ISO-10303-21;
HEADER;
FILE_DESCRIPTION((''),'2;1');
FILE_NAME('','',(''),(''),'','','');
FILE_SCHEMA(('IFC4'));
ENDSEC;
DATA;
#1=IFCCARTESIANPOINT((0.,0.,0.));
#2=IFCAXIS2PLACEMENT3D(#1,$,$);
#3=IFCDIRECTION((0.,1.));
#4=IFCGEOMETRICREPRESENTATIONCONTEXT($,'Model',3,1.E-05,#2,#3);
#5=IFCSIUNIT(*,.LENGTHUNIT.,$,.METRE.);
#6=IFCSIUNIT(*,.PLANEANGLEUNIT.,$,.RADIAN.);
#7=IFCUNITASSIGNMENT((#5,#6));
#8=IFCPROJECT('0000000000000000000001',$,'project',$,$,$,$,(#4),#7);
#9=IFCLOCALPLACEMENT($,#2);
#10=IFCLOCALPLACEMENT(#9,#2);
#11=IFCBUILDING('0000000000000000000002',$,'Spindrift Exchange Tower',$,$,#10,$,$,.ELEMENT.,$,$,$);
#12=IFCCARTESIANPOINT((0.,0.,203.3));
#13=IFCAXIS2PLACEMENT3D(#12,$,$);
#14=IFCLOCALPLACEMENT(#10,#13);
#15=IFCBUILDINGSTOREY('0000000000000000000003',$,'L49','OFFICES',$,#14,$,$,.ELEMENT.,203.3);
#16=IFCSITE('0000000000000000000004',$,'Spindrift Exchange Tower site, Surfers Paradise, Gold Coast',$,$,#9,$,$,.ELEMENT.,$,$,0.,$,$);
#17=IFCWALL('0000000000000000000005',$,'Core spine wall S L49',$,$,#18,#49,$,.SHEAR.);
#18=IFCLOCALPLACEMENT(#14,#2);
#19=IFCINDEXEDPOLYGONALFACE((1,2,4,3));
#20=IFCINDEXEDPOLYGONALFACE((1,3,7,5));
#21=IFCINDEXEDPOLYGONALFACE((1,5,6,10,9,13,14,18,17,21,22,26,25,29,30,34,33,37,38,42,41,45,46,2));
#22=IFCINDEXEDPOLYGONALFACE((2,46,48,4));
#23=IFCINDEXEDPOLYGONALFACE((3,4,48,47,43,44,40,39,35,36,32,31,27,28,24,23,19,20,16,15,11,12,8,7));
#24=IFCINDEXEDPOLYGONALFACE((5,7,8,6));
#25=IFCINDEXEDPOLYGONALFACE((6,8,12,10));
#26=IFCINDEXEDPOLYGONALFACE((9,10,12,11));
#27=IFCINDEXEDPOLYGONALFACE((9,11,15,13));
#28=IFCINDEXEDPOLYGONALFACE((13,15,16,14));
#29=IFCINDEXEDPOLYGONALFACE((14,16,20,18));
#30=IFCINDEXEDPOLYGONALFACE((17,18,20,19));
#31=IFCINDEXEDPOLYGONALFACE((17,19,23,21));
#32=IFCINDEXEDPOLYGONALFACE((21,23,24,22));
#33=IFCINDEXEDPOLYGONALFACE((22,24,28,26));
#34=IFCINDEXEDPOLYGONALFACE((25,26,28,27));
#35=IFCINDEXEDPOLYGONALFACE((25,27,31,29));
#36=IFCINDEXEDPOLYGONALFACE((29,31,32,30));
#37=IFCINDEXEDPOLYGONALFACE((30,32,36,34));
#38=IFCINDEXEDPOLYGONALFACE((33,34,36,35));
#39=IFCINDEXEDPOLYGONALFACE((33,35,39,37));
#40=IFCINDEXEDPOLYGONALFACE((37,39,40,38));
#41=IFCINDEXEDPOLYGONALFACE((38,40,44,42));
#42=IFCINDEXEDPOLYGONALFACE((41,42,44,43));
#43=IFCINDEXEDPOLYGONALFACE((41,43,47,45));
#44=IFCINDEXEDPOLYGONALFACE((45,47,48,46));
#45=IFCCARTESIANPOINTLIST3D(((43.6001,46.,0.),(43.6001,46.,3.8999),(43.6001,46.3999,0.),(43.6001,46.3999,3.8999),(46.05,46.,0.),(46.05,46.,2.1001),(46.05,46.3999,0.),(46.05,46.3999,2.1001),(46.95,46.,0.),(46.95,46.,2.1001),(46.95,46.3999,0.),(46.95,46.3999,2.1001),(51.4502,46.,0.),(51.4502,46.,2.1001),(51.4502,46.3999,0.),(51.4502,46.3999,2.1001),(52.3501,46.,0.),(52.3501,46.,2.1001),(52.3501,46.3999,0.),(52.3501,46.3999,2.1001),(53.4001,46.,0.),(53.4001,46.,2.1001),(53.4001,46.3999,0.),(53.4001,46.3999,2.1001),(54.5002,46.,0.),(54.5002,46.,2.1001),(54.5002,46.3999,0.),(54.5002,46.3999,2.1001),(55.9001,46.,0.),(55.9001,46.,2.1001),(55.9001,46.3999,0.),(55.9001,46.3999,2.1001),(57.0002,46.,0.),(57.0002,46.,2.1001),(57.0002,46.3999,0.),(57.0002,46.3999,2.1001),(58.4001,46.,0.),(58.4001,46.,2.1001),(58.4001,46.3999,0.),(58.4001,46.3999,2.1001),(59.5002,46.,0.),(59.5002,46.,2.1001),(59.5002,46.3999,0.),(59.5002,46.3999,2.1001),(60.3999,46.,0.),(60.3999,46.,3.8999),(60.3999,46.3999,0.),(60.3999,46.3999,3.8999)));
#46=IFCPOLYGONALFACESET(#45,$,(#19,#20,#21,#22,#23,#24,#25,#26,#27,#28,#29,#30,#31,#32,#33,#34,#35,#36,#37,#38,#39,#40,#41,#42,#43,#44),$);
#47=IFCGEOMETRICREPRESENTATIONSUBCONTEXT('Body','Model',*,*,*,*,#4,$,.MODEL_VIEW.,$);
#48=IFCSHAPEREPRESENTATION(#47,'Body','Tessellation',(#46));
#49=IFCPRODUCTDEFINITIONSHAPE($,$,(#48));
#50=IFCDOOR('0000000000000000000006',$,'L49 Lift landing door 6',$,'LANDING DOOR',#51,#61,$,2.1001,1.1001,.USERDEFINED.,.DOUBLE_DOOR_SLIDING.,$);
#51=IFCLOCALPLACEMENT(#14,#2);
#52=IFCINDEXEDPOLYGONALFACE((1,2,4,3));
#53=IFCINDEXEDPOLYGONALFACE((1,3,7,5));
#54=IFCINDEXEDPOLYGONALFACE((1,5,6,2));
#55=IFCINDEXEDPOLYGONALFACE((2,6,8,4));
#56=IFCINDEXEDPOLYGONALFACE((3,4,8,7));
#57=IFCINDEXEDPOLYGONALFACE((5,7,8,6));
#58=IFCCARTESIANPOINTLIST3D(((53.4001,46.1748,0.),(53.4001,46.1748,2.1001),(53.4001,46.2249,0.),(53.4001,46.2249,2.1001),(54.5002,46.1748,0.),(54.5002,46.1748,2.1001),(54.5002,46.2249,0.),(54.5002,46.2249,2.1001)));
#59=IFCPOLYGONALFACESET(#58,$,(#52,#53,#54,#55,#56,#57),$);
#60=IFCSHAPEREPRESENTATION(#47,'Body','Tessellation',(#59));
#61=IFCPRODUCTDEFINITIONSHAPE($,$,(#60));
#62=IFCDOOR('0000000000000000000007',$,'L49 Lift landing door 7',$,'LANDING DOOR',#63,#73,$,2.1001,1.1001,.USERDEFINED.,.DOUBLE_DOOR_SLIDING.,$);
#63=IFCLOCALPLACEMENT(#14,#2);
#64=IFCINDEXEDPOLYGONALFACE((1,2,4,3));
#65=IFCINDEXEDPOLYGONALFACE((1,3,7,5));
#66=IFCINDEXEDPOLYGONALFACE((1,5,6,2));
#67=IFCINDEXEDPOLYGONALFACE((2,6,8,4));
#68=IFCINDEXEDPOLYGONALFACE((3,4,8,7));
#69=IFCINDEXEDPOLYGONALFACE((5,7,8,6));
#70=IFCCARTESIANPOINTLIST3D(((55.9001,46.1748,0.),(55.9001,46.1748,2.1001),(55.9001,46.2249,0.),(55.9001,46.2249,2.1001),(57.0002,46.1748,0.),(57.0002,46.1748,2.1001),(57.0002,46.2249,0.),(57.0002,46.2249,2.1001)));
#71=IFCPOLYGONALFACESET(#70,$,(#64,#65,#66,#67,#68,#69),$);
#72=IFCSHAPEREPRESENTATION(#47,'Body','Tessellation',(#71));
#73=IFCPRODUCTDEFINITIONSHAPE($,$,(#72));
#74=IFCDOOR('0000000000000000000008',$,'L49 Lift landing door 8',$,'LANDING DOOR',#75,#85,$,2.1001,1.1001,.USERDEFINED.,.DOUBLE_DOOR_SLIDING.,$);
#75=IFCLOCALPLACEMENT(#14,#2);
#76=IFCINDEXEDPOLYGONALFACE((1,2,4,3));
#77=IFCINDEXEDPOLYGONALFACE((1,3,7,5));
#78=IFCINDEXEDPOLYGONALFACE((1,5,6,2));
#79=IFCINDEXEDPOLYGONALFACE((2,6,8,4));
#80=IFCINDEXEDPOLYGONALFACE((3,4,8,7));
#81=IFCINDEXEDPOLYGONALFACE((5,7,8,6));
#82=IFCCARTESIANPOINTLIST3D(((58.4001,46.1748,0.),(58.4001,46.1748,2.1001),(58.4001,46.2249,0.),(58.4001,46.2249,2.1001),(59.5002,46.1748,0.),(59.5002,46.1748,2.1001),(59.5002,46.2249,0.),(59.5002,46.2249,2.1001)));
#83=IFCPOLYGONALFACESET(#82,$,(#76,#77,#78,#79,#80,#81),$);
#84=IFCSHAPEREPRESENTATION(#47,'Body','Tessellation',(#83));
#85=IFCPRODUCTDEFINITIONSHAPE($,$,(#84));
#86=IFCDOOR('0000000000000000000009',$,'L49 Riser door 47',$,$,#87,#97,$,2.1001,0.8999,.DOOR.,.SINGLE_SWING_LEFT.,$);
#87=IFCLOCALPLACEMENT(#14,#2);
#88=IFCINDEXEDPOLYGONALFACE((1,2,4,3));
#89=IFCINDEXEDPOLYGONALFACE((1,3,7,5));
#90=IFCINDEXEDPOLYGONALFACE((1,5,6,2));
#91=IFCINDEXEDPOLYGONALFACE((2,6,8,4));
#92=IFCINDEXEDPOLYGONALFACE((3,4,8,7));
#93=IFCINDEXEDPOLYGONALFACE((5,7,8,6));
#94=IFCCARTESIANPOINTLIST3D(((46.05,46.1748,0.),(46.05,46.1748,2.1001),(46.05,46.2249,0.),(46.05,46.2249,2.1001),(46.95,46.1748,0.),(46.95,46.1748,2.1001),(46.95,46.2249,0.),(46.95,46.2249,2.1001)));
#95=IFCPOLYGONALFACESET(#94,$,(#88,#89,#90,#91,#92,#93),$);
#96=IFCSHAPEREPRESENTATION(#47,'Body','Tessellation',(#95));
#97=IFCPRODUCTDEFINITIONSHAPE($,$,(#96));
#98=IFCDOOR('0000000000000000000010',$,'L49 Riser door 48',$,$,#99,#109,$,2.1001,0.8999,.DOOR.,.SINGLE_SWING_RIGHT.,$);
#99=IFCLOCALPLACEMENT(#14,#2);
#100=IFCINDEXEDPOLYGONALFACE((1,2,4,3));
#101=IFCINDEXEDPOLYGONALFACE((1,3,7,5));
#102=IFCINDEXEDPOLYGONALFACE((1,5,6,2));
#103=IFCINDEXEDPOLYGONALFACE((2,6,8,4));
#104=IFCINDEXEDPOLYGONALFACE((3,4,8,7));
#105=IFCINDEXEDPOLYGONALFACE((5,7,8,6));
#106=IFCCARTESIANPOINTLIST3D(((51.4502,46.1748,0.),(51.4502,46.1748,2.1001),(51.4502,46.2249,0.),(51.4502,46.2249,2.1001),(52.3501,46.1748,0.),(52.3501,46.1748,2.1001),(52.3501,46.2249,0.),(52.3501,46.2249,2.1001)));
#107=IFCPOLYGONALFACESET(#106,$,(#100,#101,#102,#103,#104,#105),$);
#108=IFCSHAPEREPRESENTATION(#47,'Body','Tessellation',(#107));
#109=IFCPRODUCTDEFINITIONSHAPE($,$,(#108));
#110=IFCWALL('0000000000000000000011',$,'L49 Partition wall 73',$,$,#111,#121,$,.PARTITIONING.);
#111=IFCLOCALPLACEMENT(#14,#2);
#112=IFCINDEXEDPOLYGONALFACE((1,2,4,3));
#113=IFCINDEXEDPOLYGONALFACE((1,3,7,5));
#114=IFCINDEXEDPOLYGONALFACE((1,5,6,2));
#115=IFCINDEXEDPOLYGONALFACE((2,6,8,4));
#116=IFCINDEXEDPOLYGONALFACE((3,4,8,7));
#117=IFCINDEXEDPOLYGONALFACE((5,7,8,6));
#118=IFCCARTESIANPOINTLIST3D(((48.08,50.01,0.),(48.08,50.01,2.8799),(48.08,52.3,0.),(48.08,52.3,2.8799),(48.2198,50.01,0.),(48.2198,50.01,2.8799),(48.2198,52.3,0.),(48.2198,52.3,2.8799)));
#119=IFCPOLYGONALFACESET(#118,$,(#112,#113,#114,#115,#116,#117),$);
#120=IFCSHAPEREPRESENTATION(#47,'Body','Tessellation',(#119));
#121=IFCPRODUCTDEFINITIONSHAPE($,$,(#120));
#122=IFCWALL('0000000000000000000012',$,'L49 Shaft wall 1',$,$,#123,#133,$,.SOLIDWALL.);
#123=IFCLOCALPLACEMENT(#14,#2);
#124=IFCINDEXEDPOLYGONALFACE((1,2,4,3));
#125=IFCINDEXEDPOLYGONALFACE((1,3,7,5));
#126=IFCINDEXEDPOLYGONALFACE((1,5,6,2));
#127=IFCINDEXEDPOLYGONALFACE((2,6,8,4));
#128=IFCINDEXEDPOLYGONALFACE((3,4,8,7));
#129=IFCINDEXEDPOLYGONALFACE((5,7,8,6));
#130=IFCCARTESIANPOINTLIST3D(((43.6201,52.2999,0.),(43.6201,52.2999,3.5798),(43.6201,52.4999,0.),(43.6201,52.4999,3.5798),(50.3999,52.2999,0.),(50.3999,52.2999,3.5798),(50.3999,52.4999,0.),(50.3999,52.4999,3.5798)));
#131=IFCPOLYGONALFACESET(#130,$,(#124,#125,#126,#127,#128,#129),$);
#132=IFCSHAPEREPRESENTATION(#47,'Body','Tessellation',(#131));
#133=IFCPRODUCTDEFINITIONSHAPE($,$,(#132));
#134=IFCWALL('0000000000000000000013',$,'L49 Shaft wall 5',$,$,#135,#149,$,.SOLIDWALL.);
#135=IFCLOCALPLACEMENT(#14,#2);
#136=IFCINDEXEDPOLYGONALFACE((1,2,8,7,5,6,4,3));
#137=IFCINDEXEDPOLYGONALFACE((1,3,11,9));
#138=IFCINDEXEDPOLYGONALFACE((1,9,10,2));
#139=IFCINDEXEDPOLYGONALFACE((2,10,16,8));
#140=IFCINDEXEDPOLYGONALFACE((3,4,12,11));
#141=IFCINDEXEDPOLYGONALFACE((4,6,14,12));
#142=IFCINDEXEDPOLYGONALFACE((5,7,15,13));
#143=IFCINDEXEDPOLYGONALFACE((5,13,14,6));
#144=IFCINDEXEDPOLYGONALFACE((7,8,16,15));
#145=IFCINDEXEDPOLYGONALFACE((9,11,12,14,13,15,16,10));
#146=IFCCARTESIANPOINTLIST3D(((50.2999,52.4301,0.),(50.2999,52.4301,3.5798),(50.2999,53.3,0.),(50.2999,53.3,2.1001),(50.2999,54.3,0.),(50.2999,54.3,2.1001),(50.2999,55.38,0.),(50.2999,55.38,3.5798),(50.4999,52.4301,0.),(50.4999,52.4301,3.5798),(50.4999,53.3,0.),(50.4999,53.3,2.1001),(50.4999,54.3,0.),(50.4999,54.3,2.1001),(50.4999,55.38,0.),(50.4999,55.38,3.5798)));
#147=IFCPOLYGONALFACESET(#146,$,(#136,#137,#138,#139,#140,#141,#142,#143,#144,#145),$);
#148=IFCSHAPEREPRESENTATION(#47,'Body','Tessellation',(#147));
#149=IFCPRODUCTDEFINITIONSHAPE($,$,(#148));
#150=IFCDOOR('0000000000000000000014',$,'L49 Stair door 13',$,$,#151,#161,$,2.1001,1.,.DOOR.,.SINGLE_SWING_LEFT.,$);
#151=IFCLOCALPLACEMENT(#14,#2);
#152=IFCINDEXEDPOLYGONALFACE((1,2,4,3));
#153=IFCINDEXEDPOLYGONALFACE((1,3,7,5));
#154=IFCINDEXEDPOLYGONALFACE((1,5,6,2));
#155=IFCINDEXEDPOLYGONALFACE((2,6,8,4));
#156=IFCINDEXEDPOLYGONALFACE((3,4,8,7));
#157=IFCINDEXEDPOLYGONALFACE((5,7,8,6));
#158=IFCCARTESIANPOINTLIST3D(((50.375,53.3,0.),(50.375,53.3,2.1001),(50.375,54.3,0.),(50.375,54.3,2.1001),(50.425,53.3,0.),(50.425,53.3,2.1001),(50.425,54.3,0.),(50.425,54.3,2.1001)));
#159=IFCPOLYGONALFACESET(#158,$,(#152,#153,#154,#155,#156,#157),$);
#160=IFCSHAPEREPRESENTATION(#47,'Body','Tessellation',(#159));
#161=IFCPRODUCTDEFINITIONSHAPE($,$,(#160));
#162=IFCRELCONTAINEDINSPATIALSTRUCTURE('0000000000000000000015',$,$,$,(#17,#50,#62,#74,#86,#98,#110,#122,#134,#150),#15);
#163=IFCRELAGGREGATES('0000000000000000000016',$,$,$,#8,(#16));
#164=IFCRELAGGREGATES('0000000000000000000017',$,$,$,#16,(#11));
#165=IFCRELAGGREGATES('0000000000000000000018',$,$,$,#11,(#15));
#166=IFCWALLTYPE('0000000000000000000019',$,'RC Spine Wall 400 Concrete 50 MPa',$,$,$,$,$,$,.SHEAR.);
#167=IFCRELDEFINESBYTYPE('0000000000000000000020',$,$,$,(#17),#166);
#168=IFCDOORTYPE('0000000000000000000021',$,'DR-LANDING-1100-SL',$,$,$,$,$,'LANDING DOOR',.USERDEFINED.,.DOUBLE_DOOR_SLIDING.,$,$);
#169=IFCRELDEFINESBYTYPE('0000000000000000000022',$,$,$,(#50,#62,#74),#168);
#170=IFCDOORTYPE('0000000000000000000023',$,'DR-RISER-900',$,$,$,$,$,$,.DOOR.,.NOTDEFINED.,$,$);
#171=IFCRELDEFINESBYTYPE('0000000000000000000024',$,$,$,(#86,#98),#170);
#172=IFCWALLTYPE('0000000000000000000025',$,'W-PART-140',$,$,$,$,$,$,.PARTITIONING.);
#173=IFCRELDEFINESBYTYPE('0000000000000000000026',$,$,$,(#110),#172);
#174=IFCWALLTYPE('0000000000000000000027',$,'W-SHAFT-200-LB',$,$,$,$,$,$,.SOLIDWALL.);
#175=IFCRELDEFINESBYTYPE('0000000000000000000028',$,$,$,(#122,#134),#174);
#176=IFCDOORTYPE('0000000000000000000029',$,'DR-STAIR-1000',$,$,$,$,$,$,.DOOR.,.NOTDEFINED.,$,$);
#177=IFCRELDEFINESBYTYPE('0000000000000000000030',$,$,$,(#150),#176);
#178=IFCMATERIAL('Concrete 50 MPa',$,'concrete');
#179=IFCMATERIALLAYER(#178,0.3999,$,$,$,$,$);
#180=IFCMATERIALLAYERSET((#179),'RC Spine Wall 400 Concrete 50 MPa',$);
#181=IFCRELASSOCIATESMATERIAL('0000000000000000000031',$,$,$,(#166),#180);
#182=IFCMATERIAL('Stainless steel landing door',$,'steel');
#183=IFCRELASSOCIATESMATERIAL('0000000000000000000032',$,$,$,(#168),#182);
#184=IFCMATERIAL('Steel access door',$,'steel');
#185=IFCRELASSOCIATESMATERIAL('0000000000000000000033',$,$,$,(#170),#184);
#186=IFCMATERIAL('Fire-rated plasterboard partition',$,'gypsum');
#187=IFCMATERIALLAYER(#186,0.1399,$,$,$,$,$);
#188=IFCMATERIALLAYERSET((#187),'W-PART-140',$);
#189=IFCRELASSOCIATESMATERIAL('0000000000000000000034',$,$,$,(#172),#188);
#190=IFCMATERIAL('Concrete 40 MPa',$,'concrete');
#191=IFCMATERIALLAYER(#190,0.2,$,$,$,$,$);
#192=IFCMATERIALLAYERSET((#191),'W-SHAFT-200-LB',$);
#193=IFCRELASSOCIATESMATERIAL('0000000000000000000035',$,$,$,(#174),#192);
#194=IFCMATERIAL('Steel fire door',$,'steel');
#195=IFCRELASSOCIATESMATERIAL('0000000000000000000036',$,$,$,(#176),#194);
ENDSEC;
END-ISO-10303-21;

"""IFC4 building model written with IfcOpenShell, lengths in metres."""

from ifc_helpers import new_model, si_unit, direction, frame, frame_2d, origin, place, context, subcontext, project, spatial, rectangle, extrude, source, transform, mapped, material, layer, layer_set, type_object, element, fill, save


model = new_model("IFC4")

# Units and contexts
model_context = context("Model", 3, precision=1e-05, world=origin(), true_north=direction((0.0, 1.0)))
body_context = subcontext(model_context, "Body", "Model", "MODEL_VIEW")
ifc_project = project(units=[si_unit("LENGTHUNIT", "METRE"), si_unit("PLANEANGLEUNIT", "RADIAN")], contexts=[model_context])

# Site, building, storey
site_placement = place(None, origin())
site = spatial("IfcSite", under=ifc_project, at=site_placement, Name="Spindrift Exchange Tower site, Surfers Paradise, Gold Coast", CompositionType="ELEMENT", RefElevation=0.0)
building_placement = place(site_placement, origin())
building = spatial("IfcBuilding", under=site, at=building_placement, Name="Spindrift Exchange Tower", CompositionType="ELEMENT")
storey_placement = place(building_placement, frame((0.0, 0.0, 203.3)))
storey = spatial("IfcBuildingStorey", under=building, at=storey_placement, Name="L49", Description="OFFICES", CompositionType="ELEMENT", Elevation=203.3)

# Wall, openings, doors
ifc_material_1 = material(Name="Concrete 50 MPa", Category="concrete")
ifc_layer_1 = layer(ifc_material_1, 0.3999)
ifc_layer_set_1 = layer_set([ifc_layer_1], Name="RC Spine Wall 400 Concrete 50 MPa")
wall_type_1 = type_object("IfcWallType", Name="RC Spine Wall 400 Concrete 50 MPa", PredefinedType="SHEAR", material=ifc_layer_set_1)
ifc_material_2 = material(Name="Stainless steel landing door", Category="steel")
door_type_1 = type_object("IfcDoorType", Name="DR-LANDING-1100-SL", ElementType="LANDING DOOR", OperationType="DOUBLE_DOOR_SLIDING", PredefinedType="USERDEFINED", material=ifc_material_2)
shared_shape_1 = source(origin(), body_context, "Body", "SweptSolid", [
    extrude(rectangle(XDim=1.1001, YDim=2.1001, at=frame_2d((0.55, 1.05))), frame((0.0, 0.0249, 0.0), z_axis=(0.0, -1.0, 0.0), x_axis=(1.0, 0.0, 0.0)), (0.0, 0.0, 1.0), 0.05),
])
ifc_material_3 = material(Name="Steel access door", Category="steel")
door_type_2 = type_object("IfcDoorType", Name="DR-RISER-900", OperationType="NOTDEFINED", PredefinedType="DOOR", material=ifc_material_3)
shared_shape_2 = source(origin(), body_context, "Body", "SweptSolid", [
    extrude(rectangle(XDim=0.8999, YDim=2.1001, at=frame_2d((0.45, 1.05))), frame((0.0, 0.0249, 0.0), z_axis=(0.0, -1.0, 0.0), x_axis=(1.0, 0.0, 0.0)), (0.0, 0.0, 1.0), 0.05),
])
wall_1_placement = place(storey_placement, frame((43.6001, 46.2, 0.0), z_axis=(0.0, 0.0, 1.0), x_axis=(1.0, 0.0, 0.0)))
wall_1 = element("IfcWall", 1, at=wall_1_placement, inside=storey, type_object=wall_type_1, Name="Core spine wall S L49", PredefinedType="SHEAR", context=body_context, shape_type="SweptSolid", body=[
    extrude(rectangle(XDim=16.7998, YDim=0.3999, at=frame_2d((8.3999, 0.0))), origin(), (0.0, 0.0, 1.0), 3.8999),
])
opening_1_placement = place(wall_1_placement, frame((9.8, 0.0, 0.0)))
opening_1 = element("IfcOpeningElement", 2, at=opening_1_placement, cuts=wall_1, PredefinedType="OPENING", context=body_context, shape_type="SweptSolid", body=[
    extrude(rectangle(XDim=1.1001, YDim=2.1001, at=frame_2d((0.55, 1.05))), frame((0.0, 0.21, 0.0), z_axis=(0.0, -1.0, 0.0), x_axis=(1.0, 0.0, 0.0)), (0.0, 0.0, 1.0), 0.4199),
])
opening_2_placement = place(wall_1_placement, frame((12.3, 0.0, 0.0)))
opening_2 = element("IfcOpeningElement", 3, at=opening_2_placement, cuts=wall_1, PredefinedType="OPENING", context=body_context, shape_type="SweptSolid", body=[
    extrude(rectangle(XDim=1.1001, YDim=2.1001, at=frame_2d((0.55, 1.05))), frame((0.0, 0.21, 0.0), z_axis=(0.0, -1.0, 0.0), x_axis=(1.0, 0.0, 0.0)), (0.0, 0.0, 1.0), 0.4199),
])
opening_3_placement = place(wall_1_placement, frame((14.8, 0.0, 0.0)))
opening_3 = element("IfcOpeningElement", 4, at=opening_3_placement, cuts=wall_1, PredefinedType="OPENING", context=body_context, shape_type="SweptSolid", body=[
    extrude(rectangle(XDim=1.1001, YDim=2.1001, at=frame_2d((0.55, 1.05))), frame((0.0, 0.21, 0.0), z_axis=(0.0, -1.0, 0.0), x_axis=(1.0, 0.0, 0.0)), (0.0, 0.0, 1.0), 0.4199),
])
opening_4_placement = place(wall_1_placement, frame((2.45, 0.0, 0.0)))
opening_4 = element("IfcOpeningElement", 5, at=opening_4_placement, cuts=wall_1, PredefinedType="OPENING", context=body_context, shape_type="SweptSolid", body=[
    extrude(rectangle(XDim=0.8999, YDim=2.1001, at=frame_2d((0.45, 1.05))), frame((0.0, 0.21, 0.0), z_axis=(0.0, -1.0, 0.0), x_axis=(1.0, 0.0, 0.0)), (0.0, 0.0, 1.0), 0.4199),
])
opening_5_placement = place(wall_1_placement, frame((7.8501, 0.0, 0.0)))
opening_5 = element("IfcOpeningElement", 6, at=opening_5_placement, cuts=wall_1, PredefinedType="OPENING", context=body_context, shape_type="SweptSolid", body=[
    extrude(rectangle(XDim=0.8999, YDim=2.1001, at=frame_2d((0.45, 1.05))), frame((0.0, 0.21, 0.0), z_axis=(0.0, -1.0, 0.0), x_axis=(1.0, 0.0, 0.0)), (0.0, 0.0, 1.0), 0.4199),
])
door_1_placement = place(opening_1_placement, origin())
door_1 = element("IfcDoor", 7, at=door_1_placement, inside=storey, type_object=door_type_1, Name="L49 Lift landing door 6", ObjectType="LANDING DOOR", OperationType="DOUBLE_DOOR_SLIDING", OverallHeight=2.1001, OverallWidth=1.1001, PredefinedType="USERDEFINED", context=body_context, shape_type="MappedRepresentation", body=[
    mapped(shared_shape_1, transform((0.0, 0.0, 0.0), scale=1.0)),
])
fill(opening_1, door_1)
door_2_placement = place(opening_2_placement, origin())
door_2 = element("IfcDoor", 8, at=door_2_placement, inside=storey, type_object=door_type_1, Name="L49 Lift landing door 7", ObjectType="LANDING DOOR", OperationType="DOUBLE_DOOR_SLIDING", OverallHeight=2.1001, OverallWidth=1.1001, PredefinedType="USERDEFINED", context=body_context, shape_type="MappedRepresentation", body=[
    mapped(shared_shape_1, transform((0.0, 0.0, 0.0), scale=1.0)),
])
fill(opening_2, door_2)
door_3_placement = place(opening_3_placement, origin())
door_3 = element("IfcDoor", 9, at=door_3_placement, inside=storey, type_object=door_type_1, Name="L49 Lift landing door 8", ObjectType="LANDING DOOR", OperationType="DOUBLE_DOOR_SLIDING", OverallHeight=2.1001, OverallWidth=1.1001, PredefinedType="USERDEFINED", context=body_context, shape_type="MappedRepresentation", body=[
    mapped(shared_shape_1, transform((0.0, 0.0, 0.0), scale=1.0)),
])
fill(opening_3, door_3)
door_4_placement = place(opening_4_placement, origin())
door_4 = element("IfcDoor", 10, at=door_4_placement, inside=storey, type_object=door_type_2, Name="L49 Riser door 47", OperationType="SINGLE_SWING_LEFT", OverallHeight=2.1001, OverallWidth=0.8999, PredefinedType="DOOR", context=body_context, shape_type="MappedRepresentation", body=[
    mapped(shared_shape_2, transform((0.0, 0.0, 0.0), scale=1.0)),
])
fill(opening_4, door_4)
door_5_placement = place(opening_5_placement, origin())
door_5 = element("IfcDoor", 11, at=door_5_placement, inside=storey, type_object=door_type_2, Name="L49 Riser door 48", OperationType="SINGLE_SWING_RIGHT", OverallHeight=2.1001, OverallWidth=0.8999, PredefinedType="DOOR", context=body_context, shape_type="MappedRepresentation", body=[
    mapped(shared_shape_2, transform((0.0, 0.0, 0.0), scale=1.0)),
])
fill(opening_5, door_5)

# Walls
ifc_material_4 = material(Name="Fire-rated plasterboard partition", Category="gypsum")
ifc_layer_2 = layer(ifc_material_4, 0.1399)
ifc_layer_set_2 = layer_set([ifc_layer_2], Name="W-PART-140")
wall_type_2 = type_object("IfcWallType", Name="W-PART-140", PredefinedType="PARTITIONING", material=ifc_layer_set_2)
wall_2_placement = place(storey_placement, frame((48.1499, 50.01, 0.0), z_axis=(0.0, 0.0, 1.0), x_axis=(0.0, 1.0, 0.0)))
element("IfcWall", 12, at=wall_2_placement, inside=storey, type_object=wall_type_2, Name="L49 Partition wall 73", PredefinedType="PARTITIONING", context=body_context, shape_type="SweptSolid", body=[
    extrude(rectangle(XDim=2.29, YDim=0.1399, at=frame_2d((1.145, 0.0))), origin(), (0.0, 0.0, 1.0), 2.8799),
])
ifc_material_5 = material(Name="Concrete 40 MPa", Category="concrete")
ifc_layer_3 = layer(ifc_material_5, 0.2)
ifc_layer_set_3 = layer_set([ifc_layer_3], Name="W-SHAFT-200-LB")
wall_type_3 = type_object("IfcWallType", Name="W-SHAFT-200-LB", PredefinedType="SOLIDWALL", material=ifc_layer_set_3)
wall_3_placement = place(storey_placement, frame((43.6201, 52.3999, 0.0), z_axis=(0.0, 0.0, 1.0), x_axis=(1.0, 0.0, 0.0)))
element("IfcWall", 13, at=wall_3_placement, inside=storey, type_object=wall_type_3, Name="L49 Shaft wall 1", PredefinedType="SOLIDWALL", context=body_context, shape_type="SweptSolid", body=[
    extrude(rectangle(XDim=6.7798, YDim=0.2, at=frame_2d((3.3899, 0.0))), origin(), (0.0, 0.0, 1.0), 3.5798),
])

# Wall, opening, door
wall_4_placement = place(storey_placement, frame((50.3999, 52.4299, 0.0), z_axis=(0.0, 0.0, 1.0), x_axis=(0.0, 1.0, 0.0)))
wall_4 = element("IfcWall", 14, at=wall_4_placement, inside=storey, type_object=wall_type_3, Name="L49 Shaft wall 5", PredefinedType="SOLIDWALL", context=body_context, shape_type="SweptSolid", body=[
    extrude(rectangle(XDim=2.95, YDim=0.2, at=frame_2d((1.4751, 0.0))), origin(), (0.0, 0.0, 1.0), 3.5798),
])
opening_6_placement = place(wall_4_placement, frame((0.8701, 0.0, 0.0)))
opening_6 = element("IfcOpeningElement", 15, at=opening_6_placement, cuts=wall_4, PredefinedType="OPENING", context=body_context, shape_type="SweptSolid", body=[
    extrude(rectangle(XDim=1.0, YDim=2.1001, at=frame_2d((0.5, 1.05))), frame((0.0, 0.1099, 0.0), z_axis=(0.0, -1.0, 0.0), x_axis=(1.0, 0.0, 0.0)), (0.0, 0.0, 1.0), 0.22),
])
ifc_material_6 = material(Name="Steel fire door", Category="steel")
door_type_3 = type_object("IfcDoorType", Name="DR-STAIR-1000", OperationType="NOTDEFINED", PredefinedType="DOOR", material=ifc_material_6)
shared_shape_3 = source(origin(), body_context, "Body", "SweptSolid", [
    extrude(rectangle(XDim=1.0, YDim=2.1001, at=frame_2d((0.5, 1.05))), frame((0.0, 0.0249, 0.0), z_axis=(0.0, -1.0, 0.0), x_axis=(1.0, 0.0, 0.0)), (0.0, 0.0, 1.0), 0.05),
])
door_6_placement = place(opening_6_placement, origin())
door_6 = element("IfcDoor", 16, at=door_6_placement, inside=storey, type_object=door_type_3, Name="L49 Stair door 13", OperationType="SINGLE_SWING_LEFT", OverallHeight=2.1001, OverallWidth=1.0, PredefinedType="DOOR", context=body_context, shape_type="MappedRepresentation", body=[
    mapped(shared_shape_3, transform((0.0, 0.0, 0.0), scale=1.0)),
])
fill(opening_6, door_6)

save(model, "model.ifc")
